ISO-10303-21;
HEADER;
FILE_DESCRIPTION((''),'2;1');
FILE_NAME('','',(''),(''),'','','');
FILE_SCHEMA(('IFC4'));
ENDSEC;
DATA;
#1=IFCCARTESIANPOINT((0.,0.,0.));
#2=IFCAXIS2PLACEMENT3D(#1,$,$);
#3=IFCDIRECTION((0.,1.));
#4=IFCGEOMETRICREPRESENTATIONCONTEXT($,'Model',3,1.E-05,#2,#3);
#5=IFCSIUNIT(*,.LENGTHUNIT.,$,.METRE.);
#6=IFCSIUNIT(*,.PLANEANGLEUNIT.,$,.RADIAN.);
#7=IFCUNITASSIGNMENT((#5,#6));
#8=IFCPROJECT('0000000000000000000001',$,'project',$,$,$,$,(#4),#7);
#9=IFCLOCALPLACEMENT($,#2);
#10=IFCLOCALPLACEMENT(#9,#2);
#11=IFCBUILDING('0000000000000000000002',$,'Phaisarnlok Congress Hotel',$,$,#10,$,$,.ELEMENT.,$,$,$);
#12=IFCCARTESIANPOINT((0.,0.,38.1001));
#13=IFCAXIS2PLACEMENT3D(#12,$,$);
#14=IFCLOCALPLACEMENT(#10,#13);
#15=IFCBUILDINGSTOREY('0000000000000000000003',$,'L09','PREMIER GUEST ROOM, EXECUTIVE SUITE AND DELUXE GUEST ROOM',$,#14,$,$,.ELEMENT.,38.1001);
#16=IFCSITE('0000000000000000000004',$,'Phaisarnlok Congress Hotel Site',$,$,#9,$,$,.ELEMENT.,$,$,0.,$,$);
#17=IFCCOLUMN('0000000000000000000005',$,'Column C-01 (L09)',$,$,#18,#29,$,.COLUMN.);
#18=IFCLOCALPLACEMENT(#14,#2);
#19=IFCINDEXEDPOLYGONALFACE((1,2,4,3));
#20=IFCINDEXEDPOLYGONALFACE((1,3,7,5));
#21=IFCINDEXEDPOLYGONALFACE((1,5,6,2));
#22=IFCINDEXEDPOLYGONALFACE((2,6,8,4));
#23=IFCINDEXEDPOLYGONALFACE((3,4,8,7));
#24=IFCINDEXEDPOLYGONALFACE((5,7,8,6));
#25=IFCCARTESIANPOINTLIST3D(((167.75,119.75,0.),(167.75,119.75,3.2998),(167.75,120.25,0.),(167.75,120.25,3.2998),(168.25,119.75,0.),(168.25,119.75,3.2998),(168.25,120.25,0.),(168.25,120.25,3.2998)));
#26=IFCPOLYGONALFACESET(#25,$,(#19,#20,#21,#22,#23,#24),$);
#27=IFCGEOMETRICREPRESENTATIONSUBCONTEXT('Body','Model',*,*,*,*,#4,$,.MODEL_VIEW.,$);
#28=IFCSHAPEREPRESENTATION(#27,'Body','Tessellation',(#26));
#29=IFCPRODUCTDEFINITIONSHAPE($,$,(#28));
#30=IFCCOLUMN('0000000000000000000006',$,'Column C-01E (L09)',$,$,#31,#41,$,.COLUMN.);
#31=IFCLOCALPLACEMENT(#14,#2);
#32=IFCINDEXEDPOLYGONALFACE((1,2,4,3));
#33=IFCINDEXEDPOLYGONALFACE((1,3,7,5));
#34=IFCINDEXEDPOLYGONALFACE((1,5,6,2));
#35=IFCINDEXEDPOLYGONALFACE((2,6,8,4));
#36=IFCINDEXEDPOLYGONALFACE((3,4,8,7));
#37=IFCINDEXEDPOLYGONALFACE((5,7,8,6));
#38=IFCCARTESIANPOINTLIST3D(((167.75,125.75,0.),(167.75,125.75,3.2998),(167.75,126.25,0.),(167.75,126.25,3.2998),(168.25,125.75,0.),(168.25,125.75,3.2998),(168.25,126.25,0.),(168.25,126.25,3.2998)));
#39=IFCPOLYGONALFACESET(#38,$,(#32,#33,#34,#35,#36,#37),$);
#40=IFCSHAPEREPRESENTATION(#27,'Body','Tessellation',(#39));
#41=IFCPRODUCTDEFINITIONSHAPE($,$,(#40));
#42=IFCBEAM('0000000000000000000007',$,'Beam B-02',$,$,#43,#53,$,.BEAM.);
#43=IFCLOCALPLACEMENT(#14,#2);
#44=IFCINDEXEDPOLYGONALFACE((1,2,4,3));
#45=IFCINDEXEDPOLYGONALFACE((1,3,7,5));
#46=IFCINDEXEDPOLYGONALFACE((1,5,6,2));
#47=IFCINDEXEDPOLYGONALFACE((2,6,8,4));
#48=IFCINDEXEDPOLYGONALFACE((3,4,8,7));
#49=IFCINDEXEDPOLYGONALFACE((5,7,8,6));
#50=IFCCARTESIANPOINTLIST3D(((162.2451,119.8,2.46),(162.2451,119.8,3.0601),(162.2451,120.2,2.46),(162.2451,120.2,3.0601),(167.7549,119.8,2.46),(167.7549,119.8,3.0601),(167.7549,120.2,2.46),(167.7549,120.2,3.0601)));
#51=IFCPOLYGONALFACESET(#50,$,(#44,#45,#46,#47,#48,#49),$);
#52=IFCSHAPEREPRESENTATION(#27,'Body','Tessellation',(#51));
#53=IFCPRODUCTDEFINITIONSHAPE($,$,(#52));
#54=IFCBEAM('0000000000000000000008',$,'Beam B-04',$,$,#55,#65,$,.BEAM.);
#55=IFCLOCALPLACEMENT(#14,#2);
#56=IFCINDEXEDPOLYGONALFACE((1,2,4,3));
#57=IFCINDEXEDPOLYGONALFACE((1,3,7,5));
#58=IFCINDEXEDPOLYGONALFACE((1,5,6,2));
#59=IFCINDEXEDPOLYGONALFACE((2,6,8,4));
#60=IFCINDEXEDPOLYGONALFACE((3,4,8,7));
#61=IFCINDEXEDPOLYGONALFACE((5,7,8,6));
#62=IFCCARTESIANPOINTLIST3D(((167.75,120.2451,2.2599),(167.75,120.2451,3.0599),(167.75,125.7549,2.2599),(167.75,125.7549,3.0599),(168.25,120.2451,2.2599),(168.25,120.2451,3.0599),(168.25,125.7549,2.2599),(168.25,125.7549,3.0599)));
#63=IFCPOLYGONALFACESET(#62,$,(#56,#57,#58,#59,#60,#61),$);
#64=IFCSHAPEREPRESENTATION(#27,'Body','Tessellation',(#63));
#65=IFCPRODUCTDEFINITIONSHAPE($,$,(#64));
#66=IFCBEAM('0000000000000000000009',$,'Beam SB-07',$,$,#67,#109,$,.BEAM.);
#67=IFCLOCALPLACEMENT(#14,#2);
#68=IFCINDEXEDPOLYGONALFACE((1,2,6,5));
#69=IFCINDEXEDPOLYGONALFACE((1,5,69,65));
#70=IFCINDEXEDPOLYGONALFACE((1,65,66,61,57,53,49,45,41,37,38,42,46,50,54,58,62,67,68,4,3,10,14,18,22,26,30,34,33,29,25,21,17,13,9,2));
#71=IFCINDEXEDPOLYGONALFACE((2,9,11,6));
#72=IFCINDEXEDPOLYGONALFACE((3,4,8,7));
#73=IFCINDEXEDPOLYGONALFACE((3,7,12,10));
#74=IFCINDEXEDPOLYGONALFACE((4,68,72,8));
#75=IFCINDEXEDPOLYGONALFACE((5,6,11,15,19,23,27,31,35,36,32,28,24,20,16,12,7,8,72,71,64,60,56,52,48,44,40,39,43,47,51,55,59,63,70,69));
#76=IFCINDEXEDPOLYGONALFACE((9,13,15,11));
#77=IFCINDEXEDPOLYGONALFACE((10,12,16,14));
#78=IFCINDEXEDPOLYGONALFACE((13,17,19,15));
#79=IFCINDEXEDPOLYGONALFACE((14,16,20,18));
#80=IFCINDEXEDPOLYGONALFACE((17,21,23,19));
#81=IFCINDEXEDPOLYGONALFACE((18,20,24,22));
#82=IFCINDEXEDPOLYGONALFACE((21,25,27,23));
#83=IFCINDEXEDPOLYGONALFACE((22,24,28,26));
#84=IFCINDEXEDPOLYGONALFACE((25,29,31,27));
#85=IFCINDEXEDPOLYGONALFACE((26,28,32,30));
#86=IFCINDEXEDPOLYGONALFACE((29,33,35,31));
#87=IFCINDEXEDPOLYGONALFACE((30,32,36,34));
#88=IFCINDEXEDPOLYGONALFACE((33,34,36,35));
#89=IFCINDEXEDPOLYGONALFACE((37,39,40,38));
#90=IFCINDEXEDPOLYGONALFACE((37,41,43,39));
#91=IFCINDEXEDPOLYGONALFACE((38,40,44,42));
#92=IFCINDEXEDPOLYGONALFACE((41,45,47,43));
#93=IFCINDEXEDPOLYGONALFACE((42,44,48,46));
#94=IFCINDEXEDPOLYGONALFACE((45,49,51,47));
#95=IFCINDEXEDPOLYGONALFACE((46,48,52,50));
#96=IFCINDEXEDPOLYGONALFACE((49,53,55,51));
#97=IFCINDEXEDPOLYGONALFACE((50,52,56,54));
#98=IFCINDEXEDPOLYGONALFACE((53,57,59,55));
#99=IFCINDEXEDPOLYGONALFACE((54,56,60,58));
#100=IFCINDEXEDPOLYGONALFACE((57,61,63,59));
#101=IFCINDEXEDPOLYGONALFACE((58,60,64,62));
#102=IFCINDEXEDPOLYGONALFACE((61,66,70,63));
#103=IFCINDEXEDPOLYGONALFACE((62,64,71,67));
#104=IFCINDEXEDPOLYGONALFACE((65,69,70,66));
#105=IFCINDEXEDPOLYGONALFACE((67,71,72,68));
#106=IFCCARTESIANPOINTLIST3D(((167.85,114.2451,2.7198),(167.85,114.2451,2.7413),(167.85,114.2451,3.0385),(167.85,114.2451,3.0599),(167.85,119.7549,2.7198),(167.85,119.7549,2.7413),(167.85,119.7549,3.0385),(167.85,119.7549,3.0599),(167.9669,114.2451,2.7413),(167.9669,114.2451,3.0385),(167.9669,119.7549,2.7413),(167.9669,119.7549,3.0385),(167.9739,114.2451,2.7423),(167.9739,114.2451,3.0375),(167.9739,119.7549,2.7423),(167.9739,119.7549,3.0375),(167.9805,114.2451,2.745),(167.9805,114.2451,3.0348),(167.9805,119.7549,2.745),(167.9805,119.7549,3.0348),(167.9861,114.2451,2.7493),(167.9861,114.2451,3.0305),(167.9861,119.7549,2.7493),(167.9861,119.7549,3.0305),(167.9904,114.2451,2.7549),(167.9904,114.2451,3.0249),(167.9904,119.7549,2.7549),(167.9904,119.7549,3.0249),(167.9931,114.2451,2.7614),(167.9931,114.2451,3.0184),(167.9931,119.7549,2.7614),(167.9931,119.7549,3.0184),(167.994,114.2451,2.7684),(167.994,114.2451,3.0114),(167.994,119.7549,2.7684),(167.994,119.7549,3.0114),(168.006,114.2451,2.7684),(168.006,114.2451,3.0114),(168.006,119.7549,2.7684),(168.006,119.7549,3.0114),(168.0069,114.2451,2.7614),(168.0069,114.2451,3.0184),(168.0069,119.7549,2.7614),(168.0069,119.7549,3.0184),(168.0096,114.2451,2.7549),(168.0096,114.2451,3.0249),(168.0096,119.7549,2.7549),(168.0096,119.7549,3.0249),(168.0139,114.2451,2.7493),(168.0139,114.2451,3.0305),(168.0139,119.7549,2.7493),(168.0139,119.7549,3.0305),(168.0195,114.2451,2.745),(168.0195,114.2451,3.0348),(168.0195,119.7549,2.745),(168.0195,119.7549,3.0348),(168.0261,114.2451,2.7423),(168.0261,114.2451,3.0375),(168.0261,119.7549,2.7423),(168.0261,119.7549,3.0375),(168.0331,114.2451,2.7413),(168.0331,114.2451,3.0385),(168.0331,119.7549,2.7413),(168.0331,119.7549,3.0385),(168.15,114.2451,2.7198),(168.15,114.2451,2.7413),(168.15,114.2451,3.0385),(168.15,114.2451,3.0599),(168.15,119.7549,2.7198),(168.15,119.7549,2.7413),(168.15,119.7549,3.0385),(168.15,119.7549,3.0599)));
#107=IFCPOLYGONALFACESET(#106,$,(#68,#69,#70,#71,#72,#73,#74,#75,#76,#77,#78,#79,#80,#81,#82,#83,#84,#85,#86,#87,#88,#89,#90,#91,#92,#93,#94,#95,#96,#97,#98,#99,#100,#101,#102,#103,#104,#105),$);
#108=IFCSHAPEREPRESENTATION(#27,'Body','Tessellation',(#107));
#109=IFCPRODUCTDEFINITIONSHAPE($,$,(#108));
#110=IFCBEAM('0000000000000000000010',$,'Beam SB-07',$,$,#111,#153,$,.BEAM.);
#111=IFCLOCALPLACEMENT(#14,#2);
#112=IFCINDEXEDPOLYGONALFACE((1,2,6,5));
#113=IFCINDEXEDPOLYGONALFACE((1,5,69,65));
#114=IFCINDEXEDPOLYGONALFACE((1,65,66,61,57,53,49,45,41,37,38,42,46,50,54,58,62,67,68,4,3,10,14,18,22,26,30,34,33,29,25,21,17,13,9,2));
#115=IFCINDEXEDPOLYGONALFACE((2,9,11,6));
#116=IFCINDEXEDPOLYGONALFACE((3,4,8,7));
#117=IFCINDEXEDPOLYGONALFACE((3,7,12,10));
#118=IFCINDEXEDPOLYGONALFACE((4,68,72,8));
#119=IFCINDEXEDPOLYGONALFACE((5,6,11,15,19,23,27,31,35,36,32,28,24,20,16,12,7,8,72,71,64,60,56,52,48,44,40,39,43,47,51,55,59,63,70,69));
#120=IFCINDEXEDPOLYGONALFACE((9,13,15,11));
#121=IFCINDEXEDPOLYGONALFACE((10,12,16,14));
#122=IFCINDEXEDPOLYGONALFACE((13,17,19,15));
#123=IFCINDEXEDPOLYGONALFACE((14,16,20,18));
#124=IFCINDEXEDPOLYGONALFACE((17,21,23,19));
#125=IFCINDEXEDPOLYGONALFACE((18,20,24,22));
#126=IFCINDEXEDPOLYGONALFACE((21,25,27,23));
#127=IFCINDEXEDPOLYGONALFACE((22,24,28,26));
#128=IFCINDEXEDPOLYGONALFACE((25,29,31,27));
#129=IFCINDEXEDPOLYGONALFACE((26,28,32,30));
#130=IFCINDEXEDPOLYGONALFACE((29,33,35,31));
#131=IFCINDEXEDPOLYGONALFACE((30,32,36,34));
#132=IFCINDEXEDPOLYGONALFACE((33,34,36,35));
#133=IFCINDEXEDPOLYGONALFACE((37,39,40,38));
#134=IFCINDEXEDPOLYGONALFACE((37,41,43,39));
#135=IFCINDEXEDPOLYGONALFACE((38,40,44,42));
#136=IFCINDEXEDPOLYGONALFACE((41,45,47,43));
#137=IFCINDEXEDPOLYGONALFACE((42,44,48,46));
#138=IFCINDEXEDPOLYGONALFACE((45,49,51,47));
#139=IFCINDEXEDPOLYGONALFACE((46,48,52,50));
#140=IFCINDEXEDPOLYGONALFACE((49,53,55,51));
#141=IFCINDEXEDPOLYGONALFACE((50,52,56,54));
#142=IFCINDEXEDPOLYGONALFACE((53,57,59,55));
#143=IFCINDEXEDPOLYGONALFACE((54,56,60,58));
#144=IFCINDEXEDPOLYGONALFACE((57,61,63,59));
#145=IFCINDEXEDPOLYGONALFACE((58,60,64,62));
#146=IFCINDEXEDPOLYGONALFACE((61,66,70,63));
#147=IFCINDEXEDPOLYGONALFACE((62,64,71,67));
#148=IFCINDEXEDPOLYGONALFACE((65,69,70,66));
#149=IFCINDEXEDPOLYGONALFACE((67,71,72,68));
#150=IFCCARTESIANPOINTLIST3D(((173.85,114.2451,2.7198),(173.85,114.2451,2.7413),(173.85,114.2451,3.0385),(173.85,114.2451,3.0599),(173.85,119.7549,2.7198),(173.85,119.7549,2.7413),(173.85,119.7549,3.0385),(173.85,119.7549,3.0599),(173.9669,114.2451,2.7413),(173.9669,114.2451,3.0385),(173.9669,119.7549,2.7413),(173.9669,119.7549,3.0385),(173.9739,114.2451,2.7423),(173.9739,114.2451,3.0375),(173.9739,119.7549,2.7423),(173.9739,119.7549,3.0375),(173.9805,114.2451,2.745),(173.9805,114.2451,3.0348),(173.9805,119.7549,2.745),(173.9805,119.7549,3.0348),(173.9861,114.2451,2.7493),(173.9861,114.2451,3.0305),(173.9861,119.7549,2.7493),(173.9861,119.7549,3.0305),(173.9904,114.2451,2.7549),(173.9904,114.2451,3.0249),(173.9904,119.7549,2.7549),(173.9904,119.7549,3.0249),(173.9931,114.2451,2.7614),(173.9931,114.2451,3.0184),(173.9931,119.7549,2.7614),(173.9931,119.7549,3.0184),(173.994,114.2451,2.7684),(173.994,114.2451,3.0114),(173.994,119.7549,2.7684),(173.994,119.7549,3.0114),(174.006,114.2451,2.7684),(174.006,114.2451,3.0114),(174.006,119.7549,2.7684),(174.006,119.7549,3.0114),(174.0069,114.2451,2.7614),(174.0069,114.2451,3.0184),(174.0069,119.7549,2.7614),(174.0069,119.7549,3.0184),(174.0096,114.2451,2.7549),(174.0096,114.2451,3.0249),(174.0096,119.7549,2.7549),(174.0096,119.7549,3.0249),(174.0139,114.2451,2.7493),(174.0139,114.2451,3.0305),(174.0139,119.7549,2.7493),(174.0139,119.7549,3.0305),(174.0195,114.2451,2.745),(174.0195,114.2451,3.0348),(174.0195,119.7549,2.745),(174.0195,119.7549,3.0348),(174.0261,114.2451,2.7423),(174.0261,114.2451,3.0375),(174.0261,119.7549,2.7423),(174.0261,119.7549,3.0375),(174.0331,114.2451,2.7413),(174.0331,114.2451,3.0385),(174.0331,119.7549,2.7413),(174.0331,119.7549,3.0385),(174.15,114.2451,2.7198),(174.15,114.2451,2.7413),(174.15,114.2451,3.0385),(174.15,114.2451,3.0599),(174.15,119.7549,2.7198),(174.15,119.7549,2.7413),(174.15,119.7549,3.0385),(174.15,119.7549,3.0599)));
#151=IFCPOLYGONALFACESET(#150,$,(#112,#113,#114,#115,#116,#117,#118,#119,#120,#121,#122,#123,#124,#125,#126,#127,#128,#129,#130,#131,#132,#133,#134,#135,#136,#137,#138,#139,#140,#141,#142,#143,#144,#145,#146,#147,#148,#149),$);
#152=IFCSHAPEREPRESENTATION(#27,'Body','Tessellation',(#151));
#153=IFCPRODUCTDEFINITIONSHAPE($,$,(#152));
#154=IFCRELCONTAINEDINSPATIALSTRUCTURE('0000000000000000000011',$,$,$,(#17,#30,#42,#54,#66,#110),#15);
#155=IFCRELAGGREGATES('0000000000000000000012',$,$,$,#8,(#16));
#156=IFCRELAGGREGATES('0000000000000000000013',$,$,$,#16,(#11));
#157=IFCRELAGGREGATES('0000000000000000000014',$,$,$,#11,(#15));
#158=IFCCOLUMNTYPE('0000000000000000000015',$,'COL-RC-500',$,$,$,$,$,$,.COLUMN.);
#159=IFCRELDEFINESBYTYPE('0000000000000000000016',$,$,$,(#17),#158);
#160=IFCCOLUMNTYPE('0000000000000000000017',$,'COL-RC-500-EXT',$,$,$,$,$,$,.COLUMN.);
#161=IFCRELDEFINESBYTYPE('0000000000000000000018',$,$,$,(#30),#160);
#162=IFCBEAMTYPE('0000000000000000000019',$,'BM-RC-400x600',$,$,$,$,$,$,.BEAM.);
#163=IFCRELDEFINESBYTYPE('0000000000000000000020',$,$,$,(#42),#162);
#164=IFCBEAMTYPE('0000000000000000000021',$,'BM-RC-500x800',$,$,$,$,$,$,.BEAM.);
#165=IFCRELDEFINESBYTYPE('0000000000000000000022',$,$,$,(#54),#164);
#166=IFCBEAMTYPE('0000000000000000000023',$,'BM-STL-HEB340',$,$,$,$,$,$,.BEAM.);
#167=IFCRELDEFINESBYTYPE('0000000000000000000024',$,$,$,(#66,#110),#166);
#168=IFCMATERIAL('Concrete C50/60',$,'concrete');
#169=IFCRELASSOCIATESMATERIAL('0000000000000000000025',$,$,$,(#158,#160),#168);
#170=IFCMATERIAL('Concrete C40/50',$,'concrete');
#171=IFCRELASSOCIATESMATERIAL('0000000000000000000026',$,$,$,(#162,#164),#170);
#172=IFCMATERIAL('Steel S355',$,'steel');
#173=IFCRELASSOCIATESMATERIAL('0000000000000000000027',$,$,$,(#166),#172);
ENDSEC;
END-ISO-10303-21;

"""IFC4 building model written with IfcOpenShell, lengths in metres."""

from ifc_helpers import new_model, si_unit, direction, frame, origin, origin_2d, place, context, subcontext, project, spatial, rectangle, i_section, extrude, material, material_profile, profile_set, type_object, element, save


model = new_model("IFC4")

# Units and contexts
model_context = context("Model", 3, precision=1e-05, world=origin(), true_north=direction((0.0, 1.0)))
body_context = subcontext(model_context, "Body", "Model", "MODEL_VIEW")
ifc_project = project(units=[si_unit("LENGTHUNIT", "METRE"), si_unit("PLANEANGLEUNIT", "RADIAN")], contexts=[model_context])

# Site, building, storey
site_placement = place(None, origin())
site = spatial("IfcSite", under=ifc_project, at=site_placement, Name="Phaisarnlok Congress Hotel Site", CompositionType="ELEMENT", RefElevation=0.0)
building_placement = place(site_placement, origin())
building = spatial("IfcBuilding", under=site, at=building_placement, Name="Phaisarnlok Congress Hotel", CompositionType="ELEMENT")
storey_placement = place(building_placement, frame((0.0, 0.0, 38.1001)))
storey = spatial("IfcBuildingStorey", under=building, at=storey_placement, Name="L09", Description="PREMIER GUEST ROOM, EXECUTIVE SUITE AND DELUXE GUEST ROOM", CompositionType="ELEMENT", Elevation=38.1001)

# Columns
ifc_material_1 = material(Name="Concrete C50/60", Category="concrete")
ifc_material_profile_1 = material_profile(ifc_material_1, rectangle(XDim=0.5, YDim=0.5, at=origin_2d()), Name="RC 500x500")
ifc_profile_set_1 = profile_set([ifc_material_profile_1], Name="Concrete C50/60")
column_type_1 = type_object("IfcColumnType", Name="COL-RC-500", PredefinedType="COLUMN", material=ifc_profile_set_1)
column_1_placement = place(storey_placement, frame((168.0, 120.0, 0.0), z_axis=(0.0, 0.0, 1.0), x_axis=(1.0, 0.0, 0.0)))
element("IfcColumn", 1, at=column_1_placement, inside=storey, type_object=column_type_1, Name="Column C-01 (L09)", PredefinedType="COLUMN", context=body_context, shape_type="SweptSolid", body=[
    extrude(rectangle(XDim=0.5, YDim=0.5, at=origin_2d()), origin(), (0.0, 0.0, 1.0), 3.2998),
])
ifc_material_profile_2 = material_profile(ifc_material_1, rectangle(XDim=0.5, YDim=0.5, at=origin_2d()), Name="RC 500x500")
ifc_profile_set_2 = profile_set([ifc_material_profile_2], Name="Concrete C50/60")
column_type_2 = type_object("IfcColumnType", Name="COL-RC-500-EXT", PredefinedType="COLUMN", material=ifc_profile_set_2)
column_2_placement = place(storey_placement, frame((168.0, 126.0, 0.0), z_axis=(0.0, 0.0, 1.0), x_axis=(1.0, 0.0, 0.0)))
element("IfcColumn", 2, at=column_2_placement, inside=storey, type_object=column_type_2, Name="Column C-01E (L09)", PredefinedType="COLUMN", context=body_context, shape_type="SweptSolid", body=[
    extrude(rectangle(XDim=0.5, YDim=0.5, at=origin_2d()), origin(), (0.0, 0.0, 1.0), 3.2998),
])

# Beams
ifc_material_2 = material(Name="Concrete C40/50", Category="concrete")
ifc_material_profile_3 = material_profile(ifc_material_2, rectangle(XDim=0.3999, YDim=0.6001, at=origin_2d()), Name="RC 400x600")
ifc_profile_set_3 = profile_set([ifc_material_profile_3], Name="Concrete C40/50")
beam_type_1 = type_object("IfcBeamType", Name="BM-RC-400x600", PredefinedType="BEAM", material=ifc_profile_set_3)
beam_1_placement = place(storey_placement, frame((162.2451, 120.0, 2.76), z_axis=(1.0, 0.0, 0.0), x_axis=(0.0, 1.0, 0.0)))
element("IfcBeam", 3, at=beam_1_placement, inside=storey, type_object=beam_type_1, Name="Beam B-02", PredefinedType="BEAM", context=body_context, shape_type="SweptSolid", body=[
    extrude(rectangle(XDim=0.3999, YDim=0.6001, at=origin_2d()), origin(), (0.0, 0.0, 1.0), 5.5098),
])
ifc_material_profile_4 = material_profile(ifc_material_2, rectangle(XDim=0.5, YDim=0.8, at=origin_2d()), Name="RC 500x800")
ifc_profile_set_4 = profile_set([ifc_material_profile_4], Name="Concrete C40/50")
beam_type_2 = type_object("IfcBeamType", Name="BM-RC-500x800", PredefinedType="BEAM", material=ifc_profile_set_4)
beam_2_placement = place(storey_placement, frame((168.0, 120.2451, 2.6599), z_axis=(0.0, 1.0, 0.0), x_axis=(-1.0, 0.0, 0.0)))
element("IfcBeam", 4, at=beam_2_placement, inside=storey, type_object=beam_type_2, Name="Beam B-04", PredefinedType="BEAM", context=body_context, shape_type="SweptSolid", body=[
    extrude(rectangle(XDim=0.5, YDim=0.8, at=origin_2d()), origin(), (0.0, 0.0, 1.0), 5.5098),
])
ifc_material_3 = material(Name="Steel S355", Category="steel")
ifc_material_profile_5 = material_profile(ifc_material_3, i_section(OverallWidth=0.3, OverallDepth=0.3401, WebThickness=0.012, FlangeThickness=0.0215, FilletRadius=0.0271, at=origin_2d()), Name="HEB 340")
ifc_profile_set_5 = profile_set([ifc_material_profile_5], Name="Steel S355")
beam_type_3 = type_object("IfcBeamType", Name="BM-STL-HEB340", PredefinedType="BEAM", material=ifc_profile_set_5)
for number, where, z_axis, x_axis, name in (
    (5, (168.0, 114.2451, 2.8899), (0.0, 1.0, 0.0), (-1.0, 0.0, 0.0), "Beam SB-07"),
    (6, (174.0, 114.2451, 2.8899), (0.0, 1.0, 0.0), (-1.0, 0.0, 0.0), "Beam SB-07"),
):
    element("IfcBeam", number, at=place(storey_placement, frame(where, z_axis=z_axis, x_axis=x_axis)), inside=storey, type_object=beam_type_3, Name=name, PredefinedType="BEAM", context=body_context, shape_type="SweptSolid", body=[
        extrude(i_section(OverallWidth=0.3, OverallDepth=0.3401, WebThickness=0.012, FlangeThickness=0.0215, FilletRadius=0.0271, at=origin_2d()), origin(), (0.0, 0.0, 1.0), 5.5098),
    ])

save(model, "model.ifc")
